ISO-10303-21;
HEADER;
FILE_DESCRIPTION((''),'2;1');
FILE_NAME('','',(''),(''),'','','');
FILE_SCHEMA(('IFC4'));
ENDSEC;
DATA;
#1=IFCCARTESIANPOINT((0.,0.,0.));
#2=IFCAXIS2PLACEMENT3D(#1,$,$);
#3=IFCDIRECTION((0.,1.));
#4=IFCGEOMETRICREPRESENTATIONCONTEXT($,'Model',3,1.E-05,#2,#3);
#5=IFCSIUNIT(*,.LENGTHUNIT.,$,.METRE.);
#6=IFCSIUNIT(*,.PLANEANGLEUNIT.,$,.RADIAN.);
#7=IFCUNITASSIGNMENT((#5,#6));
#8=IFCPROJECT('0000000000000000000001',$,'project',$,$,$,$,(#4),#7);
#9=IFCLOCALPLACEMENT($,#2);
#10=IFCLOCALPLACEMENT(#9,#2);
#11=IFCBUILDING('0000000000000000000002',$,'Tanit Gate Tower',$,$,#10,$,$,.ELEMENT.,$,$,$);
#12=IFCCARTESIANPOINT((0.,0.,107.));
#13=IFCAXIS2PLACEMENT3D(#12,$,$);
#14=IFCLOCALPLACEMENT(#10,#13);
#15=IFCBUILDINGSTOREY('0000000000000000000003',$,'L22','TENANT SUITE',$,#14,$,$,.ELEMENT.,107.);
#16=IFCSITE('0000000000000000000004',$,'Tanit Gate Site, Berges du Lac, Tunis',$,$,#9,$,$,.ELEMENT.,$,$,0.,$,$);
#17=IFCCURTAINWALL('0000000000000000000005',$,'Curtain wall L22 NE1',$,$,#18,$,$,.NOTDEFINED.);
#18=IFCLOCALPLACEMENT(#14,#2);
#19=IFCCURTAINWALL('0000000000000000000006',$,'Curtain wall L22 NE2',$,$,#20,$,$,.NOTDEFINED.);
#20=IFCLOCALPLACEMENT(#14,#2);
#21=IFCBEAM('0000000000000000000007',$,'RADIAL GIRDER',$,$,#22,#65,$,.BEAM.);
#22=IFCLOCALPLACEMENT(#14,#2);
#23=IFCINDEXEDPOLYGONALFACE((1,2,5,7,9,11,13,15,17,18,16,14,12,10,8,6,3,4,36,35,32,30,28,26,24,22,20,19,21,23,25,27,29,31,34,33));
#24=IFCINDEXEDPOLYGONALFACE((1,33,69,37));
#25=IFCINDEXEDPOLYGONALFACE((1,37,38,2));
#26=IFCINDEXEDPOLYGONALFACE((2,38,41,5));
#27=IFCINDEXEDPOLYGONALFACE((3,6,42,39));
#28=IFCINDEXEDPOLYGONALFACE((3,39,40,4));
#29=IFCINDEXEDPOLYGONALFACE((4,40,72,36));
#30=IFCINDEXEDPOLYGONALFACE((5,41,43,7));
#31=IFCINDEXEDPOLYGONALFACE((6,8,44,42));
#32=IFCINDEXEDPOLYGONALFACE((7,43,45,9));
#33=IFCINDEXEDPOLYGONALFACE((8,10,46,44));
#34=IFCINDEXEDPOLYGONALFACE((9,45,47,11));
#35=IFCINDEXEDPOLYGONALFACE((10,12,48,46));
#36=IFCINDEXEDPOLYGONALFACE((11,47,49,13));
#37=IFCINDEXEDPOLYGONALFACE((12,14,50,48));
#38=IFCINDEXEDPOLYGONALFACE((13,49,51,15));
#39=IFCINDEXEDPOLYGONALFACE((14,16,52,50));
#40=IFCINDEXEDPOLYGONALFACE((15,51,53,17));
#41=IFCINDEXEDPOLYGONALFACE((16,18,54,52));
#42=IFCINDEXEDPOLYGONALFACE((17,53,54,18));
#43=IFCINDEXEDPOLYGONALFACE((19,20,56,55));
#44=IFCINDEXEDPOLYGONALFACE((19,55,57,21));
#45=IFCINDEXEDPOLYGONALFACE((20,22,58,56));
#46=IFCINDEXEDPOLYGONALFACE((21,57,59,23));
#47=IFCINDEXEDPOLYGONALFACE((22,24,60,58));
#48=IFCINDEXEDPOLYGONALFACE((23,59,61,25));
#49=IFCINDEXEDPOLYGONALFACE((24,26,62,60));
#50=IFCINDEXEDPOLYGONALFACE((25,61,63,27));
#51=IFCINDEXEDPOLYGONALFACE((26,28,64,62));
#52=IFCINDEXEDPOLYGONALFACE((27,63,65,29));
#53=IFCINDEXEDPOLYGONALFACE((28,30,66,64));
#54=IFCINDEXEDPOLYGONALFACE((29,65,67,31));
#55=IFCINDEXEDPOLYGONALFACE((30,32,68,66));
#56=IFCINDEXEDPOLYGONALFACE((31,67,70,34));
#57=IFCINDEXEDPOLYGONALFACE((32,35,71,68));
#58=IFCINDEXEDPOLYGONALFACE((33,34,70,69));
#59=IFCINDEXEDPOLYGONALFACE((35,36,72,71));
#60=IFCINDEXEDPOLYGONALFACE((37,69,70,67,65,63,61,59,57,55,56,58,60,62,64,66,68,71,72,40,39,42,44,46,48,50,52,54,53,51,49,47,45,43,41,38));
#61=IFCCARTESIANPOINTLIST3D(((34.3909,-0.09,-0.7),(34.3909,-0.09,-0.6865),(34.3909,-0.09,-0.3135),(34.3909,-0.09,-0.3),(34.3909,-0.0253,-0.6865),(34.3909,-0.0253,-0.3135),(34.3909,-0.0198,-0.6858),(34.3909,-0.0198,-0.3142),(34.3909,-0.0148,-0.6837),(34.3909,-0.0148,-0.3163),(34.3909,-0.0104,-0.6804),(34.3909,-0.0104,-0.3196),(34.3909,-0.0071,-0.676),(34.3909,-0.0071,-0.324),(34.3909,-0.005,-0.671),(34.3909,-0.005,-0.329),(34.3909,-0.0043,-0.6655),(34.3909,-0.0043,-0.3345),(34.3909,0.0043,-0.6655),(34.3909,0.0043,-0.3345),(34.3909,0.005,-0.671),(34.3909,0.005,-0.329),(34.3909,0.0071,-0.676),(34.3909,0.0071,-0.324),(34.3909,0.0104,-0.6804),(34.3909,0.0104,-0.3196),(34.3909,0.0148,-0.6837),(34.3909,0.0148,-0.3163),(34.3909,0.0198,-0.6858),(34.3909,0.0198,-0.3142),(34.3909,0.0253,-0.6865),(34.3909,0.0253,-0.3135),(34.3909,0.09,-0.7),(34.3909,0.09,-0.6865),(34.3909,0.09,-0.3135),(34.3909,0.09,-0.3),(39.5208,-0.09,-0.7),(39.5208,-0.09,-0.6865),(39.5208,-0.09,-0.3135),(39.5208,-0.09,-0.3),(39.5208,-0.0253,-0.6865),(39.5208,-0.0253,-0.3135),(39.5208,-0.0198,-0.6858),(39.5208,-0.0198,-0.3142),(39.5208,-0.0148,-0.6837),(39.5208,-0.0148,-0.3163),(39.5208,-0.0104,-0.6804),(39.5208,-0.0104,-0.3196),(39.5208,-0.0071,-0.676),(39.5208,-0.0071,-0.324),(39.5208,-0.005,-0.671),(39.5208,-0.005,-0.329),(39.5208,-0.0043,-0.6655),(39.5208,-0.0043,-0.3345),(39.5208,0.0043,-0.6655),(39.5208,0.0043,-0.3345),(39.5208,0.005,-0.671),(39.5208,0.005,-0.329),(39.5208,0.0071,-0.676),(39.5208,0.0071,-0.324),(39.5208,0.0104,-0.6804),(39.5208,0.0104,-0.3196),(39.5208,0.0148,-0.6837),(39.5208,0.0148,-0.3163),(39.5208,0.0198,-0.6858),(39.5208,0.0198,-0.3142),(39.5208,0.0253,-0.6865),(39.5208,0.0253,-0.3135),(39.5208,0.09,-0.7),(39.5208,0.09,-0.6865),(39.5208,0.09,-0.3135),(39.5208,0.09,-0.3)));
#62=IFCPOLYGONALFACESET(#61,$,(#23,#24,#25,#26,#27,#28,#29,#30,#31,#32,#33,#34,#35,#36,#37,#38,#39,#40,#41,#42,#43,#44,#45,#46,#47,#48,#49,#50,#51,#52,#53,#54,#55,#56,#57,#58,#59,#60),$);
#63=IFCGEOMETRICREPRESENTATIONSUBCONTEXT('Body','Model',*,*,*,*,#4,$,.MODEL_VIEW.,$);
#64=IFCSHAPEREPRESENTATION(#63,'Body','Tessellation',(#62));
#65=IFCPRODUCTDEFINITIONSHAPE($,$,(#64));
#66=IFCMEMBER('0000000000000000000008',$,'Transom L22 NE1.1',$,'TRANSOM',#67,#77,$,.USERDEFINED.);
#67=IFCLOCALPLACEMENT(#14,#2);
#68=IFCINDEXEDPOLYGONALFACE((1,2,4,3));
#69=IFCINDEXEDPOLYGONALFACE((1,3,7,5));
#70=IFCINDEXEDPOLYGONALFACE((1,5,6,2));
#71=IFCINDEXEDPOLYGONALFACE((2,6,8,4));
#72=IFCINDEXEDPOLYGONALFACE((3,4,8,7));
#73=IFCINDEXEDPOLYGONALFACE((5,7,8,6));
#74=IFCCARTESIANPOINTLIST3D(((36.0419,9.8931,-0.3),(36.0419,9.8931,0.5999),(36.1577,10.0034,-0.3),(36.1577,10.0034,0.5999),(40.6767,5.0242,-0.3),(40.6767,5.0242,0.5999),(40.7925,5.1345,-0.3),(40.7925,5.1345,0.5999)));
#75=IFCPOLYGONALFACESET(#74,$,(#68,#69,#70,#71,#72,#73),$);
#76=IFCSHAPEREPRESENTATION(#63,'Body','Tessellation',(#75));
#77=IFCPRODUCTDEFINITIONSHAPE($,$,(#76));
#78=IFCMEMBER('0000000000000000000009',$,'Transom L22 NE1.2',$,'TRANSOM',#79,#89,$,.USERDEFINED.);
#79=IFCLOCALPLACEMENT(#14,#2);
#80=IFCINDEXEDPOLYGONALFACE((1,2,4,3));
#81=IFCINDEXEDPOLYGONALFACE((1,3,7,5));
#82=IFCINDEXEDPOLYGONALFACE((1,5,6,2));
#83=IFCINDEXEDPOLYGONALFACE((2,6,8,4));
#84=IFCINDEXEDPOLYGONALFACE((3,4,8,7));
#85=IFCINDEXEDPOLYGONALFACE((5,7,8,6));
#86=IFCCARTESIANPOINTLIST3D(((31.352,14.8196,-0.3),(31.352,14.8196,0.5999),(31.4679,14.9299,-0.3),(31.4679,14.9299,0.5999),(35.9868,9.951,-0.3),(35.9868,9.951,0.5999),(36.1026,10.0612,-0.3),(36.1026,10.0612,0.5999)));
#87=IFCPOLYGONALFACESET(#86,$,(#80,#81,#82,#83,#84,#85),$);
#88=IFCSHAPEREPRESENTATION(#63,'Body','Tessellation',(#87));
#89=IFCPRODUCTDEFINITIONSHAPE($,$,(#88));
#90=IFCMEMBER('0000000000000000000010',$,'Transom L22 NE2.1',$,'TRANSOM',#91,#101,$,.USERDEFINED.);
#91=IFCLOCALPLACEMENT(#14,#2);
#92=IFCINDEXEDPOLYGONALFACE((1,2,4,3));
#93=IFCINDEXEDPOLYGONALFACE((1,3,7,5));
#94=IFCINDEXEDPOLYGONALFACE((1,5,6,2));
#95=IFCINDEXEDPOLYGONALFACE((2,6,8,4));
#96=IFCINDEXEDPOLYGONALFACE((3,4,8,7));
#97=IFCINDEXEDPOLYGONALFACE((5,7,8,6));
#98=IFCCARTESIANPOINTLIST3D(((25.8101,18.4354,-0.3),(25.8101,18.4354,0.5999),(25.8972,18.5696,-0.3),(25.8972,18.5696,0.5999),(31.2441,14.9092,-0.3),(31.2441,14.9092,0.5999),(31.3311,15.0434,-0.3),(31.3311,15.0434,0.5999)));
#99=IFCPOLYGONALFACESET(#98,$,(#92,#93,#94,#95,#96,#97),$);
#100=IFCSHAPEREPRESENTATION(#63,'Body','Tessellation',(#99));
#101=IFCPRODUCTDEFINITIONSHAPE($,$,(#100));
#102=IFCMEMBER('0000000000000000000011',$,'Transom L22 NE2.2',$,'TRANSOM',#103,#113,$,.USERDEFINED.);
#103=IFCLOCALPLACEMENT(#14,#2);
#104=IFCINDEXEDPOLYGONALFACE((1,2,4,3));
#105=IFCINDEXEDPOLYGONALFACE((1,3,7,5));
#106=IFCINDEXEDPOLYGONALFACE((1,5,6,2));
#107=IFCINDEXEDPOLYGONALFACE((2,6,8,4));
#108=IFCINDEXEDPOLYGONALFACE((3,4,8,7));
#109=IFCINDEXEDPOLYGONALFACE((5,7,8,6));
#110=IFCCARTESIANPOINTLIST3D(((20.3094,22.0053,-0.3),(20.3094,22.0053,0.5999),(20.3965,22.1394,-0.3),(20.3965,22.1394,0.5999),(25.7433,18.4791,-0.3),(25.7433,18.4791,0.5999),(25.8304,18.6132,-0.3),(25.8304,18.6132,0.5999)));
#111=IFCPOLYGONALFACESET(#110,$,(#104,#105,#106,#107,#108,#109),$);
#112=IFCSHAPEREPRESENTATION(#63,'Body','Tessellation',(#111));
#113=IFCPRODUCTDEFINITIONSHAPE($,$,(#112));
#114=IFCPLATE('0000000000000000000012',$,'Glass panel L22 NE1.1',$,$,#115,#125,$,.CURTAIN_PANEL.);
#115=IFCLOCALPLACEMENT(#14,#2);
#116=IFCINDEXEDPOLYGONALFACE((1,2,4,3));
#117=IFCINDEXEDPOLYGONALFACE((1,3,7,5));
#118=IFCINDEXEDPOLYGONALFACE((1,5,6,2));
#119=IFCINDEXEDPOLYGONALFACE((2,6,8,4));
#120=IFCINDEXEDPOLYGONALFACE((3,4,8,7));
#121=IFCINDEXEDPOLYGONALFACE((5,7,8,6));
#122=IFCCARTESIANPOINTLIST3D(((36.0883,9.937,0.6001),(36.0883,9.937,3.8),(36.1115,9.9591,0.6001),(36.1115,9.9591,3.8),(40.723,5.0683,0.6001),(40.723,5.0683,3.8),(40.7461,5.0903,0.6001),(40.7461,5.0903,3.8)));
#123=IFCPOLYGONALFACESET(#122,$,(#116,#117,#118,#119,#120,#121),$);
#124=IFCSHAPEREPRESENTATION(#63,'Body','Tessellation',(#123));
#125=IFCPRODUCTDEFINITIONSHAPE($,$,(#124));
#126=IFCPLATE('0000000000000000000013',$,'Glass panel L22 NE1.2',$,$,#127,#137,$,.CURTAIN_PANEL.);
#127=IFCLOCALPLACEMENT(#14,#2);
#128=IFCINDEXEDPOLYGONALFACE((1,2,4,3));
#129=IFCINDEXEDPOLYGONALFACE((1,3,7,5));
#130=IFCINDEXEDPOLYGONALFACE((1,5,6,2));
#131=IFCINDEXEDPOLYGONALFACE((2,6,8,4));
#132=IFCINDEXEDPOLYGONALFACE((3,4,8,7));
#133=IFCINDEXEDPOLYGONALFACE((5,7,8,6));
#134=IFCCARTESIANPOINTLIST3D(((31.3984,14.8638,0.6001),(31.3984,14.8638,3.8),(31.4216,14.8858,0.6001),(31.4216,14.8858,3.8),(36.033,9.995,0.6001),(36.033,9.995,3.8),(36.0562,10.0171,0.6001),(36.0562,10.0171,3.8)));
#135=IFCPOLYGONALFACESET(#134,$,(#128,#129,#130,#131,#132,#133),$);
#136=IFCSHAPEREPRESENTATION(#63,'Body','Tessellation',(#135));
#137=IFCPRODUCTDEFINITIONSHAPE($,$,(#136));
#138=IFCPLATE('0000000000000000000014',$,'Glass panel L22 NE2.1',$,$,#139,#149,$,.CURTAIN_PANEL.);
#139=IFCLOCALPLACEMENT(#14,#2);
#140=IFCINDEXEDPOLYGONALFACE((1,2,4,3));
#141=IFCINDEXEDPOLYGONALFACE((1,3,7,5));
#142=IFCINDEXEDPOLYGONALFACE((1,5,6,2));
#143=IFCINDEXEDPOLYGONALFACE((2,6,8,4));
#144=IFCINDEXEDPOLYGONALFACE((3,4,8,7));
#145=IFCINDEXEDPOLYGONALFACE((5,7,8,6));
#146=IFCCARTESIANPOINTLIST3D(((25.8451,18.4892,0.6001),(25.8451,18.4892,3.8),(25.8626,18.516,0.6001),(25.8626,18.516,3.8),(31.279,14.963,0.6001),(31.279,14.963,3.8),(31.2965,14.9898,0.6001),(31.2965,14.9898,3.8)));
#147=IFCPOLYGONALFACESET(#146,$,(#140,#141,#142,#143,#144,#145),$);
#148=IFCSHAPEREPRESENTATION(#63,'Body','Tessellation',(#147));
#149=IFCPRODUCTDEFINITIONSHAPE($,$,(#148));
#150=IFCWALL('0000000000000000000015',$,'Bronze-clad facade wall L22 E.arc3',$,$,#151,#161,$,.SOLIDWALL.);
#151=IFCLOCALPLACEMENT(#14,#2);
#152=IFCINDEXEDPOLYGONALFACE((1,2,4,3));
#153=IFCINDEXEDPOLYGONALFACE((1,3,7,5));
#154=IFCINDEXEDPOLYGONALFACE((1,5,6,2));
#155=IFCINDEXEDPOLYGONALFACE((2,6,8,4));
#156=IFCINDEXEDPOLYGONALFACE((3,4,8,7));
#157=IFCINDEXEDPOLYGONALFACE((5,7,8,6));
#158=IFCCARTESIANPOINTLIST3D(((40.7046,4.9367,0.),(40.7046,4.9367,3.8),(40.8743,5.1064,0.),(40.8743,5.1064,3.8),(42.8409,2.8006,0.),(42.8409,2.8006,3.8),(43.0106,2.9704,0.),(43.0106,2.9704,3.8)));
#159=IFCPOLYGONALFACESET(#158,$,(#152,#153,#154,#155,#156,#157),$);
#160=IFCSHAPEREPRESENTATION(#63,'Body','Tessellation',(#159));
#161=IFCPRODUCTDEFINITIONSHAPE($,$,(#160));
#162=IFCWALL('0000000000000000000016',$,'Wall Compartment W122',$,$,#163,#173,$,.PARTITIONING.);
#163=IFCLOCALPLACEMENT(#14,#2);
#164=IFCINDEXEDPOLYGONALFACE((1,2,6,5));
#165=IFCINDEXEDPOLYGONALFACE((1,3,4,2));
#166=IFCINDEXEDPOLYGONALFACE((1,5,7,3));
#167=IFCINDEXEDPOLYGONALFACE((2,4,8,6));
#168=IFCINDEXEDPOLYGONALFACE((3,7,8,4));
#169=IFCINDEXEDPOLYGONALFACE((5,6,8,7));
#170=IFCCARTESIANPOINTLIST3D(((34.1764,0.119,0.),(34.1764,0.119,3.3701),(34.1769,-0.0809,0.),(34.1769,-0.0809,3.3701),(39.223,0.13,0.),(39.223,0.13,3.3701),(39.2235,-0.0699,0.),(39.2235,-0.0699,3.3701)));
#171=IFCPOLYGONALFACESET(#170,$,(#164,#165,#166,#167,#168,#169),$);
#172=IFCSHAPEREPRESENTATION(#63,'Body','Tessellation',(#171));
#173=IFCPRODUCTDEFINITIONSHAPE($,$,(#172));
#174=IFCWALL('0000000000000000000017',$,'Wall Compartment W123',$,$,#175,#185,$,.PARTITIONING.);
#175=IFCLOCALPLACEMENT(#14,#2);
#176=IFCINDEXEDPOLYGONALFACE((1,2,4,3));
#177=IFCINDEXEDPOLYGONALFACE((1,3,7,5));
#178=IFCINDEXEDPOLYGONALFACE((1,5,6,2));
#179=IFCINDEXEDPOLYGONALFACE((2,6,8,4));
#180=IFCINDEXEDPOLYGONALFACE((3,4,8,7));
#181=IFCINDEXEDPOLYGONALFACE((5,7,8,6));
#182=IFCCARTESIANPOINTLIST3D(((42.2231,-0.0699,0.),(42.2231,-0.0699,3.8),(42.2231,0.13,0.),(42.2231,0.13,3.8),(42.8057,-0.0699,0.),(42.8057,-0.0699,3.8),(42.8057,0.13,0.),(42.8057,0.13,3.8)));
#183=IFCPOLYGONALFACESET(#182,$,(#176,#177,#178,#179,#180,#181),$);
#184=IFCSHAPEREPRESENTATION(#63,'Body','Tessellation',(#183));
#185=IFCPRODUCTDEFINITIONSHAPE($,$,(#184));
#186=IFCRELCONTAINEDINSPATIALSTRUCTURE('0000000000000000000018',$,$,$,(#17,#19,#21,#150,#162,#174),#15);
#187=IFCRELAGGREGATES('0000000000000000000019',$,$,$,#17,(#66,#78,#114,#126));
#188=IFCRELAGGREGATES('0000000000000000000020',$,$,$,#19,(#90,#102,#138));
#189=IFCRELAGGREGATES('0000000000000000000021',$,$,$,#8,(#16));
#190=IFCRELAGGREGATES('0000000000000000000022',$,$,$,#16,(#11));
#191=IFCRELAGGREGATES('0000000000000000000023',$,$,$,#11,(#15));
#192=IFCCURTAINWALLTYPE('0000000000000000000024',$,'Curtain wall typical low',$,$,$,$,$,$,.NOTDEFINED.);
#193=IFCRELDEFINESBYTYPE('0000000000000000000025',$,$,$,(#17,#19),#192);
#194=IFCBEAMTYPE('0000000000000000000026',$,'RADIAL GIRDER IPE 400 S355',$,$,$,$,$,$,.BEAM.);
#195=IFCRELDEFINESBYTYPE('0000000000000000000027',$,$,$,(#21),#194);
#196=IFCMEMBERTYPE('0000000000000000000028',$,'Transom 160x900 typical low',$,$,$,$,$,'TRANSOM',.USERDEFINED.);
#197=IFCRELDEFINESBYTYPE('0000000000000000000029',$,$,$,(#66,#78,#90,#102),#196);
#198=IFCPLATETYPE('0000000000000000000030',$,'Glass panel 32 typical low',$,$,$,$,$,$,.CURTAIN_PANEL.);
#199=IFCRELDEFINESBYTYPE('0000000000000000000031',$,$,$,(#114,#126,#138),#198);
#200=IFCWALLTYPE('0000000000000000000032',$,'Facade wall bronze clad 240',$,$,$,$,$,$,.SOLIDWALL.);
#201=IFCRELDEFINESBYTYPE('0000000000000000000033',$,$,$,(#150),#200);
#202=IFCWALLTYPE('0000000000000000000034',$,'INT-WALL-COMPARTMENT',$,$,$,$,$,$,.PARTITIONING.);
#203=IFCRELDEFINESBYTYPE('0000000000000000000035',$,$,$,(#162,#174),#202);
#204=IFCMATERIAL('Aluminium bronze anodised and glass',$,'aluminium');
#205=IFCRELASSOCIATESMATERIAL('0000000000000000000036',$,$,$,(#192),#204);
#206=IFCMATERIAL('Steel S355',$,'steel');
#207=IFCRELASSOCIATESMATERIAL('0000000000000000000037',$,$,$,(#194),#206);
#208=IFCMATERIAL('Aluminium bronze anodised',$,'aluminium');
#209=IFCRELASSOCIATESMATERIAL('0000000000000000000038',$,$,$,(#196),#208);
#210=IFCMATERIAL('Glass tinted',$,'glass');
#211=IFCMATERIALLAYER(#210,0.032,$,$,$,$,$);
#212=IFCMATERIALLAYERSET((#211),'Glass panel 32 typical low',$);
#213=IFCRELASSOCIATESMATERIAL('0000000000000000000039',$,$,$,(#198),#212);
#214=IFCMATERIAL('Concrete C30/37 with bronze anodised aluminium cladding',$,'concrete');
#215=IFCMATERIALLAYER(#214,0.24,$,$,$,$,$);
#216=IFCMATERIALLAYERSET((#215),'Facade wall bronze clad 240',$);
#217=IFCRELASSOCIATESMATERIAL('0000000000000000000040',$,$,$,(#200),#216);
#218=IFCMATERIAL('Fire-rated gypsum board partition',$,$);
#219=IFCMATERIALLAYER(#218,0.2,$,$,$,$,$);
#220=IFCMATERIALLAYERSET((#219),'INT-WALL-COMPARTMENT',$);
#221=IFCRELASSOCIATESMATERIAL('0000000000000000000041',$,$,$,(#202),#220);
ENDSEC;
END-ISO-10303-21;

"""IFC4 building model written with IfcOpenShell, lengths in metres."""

from ifc_helpers import new_model, si_unit, direction, frame, frame_2d, origin, origin_2d, place, context, subcontext, project, spatial, rectangle, i_section, extrude, material, layer, layer_set, material_profile, profile_set, type_object, element, aggregate, save


model = new_model("IFC4")

# Units and contexts
model_context = context("Model", 3, precision=1e-05, world=origin(), true_north=direction((0.0, 1.0)))
body_context = subcontext(model_context, "Body", "Model", "MODEL_VIEW")
ifc_project = project(units=[si_unit("LENGTHUNIT", "METRE"), si_unit("PLANEANGLEUNIT", "RADIAN")], contexts=[model_context])

# Site, building, storey
site_placement = place(None, origin())
site = spatial("IfcSite", under=ifc_project, at=site_placement, Name="Tanit Gate Site, Berges du Lac, Tunis", CompositionType="ELEMENT", RefElevation=0.0)
building_placement = place(site_placement, origin())
building = spatial("IfcBuilding", under=site, at=building_placement, Name="Tanit Gate Tower", CompositionType="ELEMENT")
storey_placement = place(building_placement, frame((0.0, 0.0, 107.0)))
storey = spatial("IfcBuildingStorey", under=building, at=storey_placement, Name="L22", Description="TENANT SUITE", CompositionType="ELEMENT", Elevation=107.0)

# Curtain walls
ifc_material_1 = material(Name="Aluminium bronze anodised and glass", Category="aluminium")
curtain_wall_type = type_object("IfcCurtainWallType", Name="Curtain wall typical low", PredefinedType="NOTDEFINED", material=ifc_material_1)
curtain_wall_1_placement = place(storey_placement, origin())
curtain_wall_1 = element("IfcCurtainWall", 1, at=curtain_wall_1_placement, inside=storey, type_object=curtain_wall_type, Name="Curtain wall L22 NE1", PredefinedType="NOTDEFINED")
curtain_wall_2_placement = place(storey_placement, origin())
curtain_wall_2 = element("IfcCurtainWall", 2, at=curtain_wall_2_placement, inside=storey, type_object=curtain_wall_type, Name="Curtain wall L22 NE2", PredefinedType="NOTDEFINED")

# Beam
ifc_material_2 = material(Name="Steel S355", Category="steel")
ifc_material_profile_1 = material_profile(ifc_material_2, i_section(OverallWidth=0.1799, OverallDepth=0.3999, WebThickness=0.0085, FlangeThickness=0.0134, FilletRadius=0.021, at=origin_2d()), Name="IPE 400")
ifc_profile_set_1 = profile_set([ifc_material_profile_1], Name="Steel S355")
beam_type_1 = type_object("IfcBeamType", Name="RADIAL GIRDER IPE 400 S355", PredefinedType="BEAM", material=ifc_profile_set_1)
beam_1_placement = place(storey_placement, frame((39.5208, 0.0, -0.5), z_axis=(-1.0, 0.0, 0.0), x_axis=(0.0, -1.0, 0.0)))
element("IfcBeam", 3, at=beam_1_placement, inside=storey, type_object=beam_type_1, Name="RADIAL GIRDER", PredefinedType="BEAM", context=body_context, shape_type="SweptSolid", body=[
    extrude(i_section(OverallWidth=0.1799, OverallDepth=0.3999, WebThickness=0.0085, FlangeThickness=0.0134, FilletRadius=0.021, at=origin_2d()), origin(), (0.0, 0.0, 1.0), 5.1299),
])

# Members
ifc_material_3 = material(Name="Aluminium bronze anodised", Category="aluminium")
ifc_material_profile_2 = material_profile(ifc_material_3, rectangle(XDim=0.1599, YDim=0.8999, at=origin_2d()), Name="160x900 bronze transom")
ifc_profile_set_2 = profile_set([ifc_material_profile_2], Name="Aluminium bronze anodised")
member_type_1 = type_object("IfcMemberType", Name="Transom 160x900 typical low", ElementType="TRANSOM", PredefinedType="USERDEFINED", material=ifc_profile_set_2)
member_1_placement = place(storey_placement, frame((40.7346, 5.0793, 0.1499), z_axis=(-0.689477, 0.724307, 0.0), x_axis=(-0.724307, -0.689477, 0.0)))
member_1 = element("IfcMember", 4, at=member_1_placement, type_object=member_type_1, Name="Transom L22 NE1.1", ObjectType="TRANSOM", PredefinedType="USERDEFINED", context=body_context, shape_type="SweptSolid", body=[
    extrude(rectangle(XDim=0.1599, YDim=0.8999, at=origin_2d()), origin(), (0.0, 0.0, 1.0), 6.7222),
])
member_2_placement = place(storey_placement, frame((36.0447, 10.0061, 0.1499), z_axis=(-0.689496, 0.72429, 0.0), x_axis=(-0.72429, -0.689496, 0.0)))
member_2 = element("IfcMember", 5, at=member_2_placement, type_object=member_type_1, Name="Transom L22 NE1.2", ObjectType="TRANSOM", PredefinedType="USERDEFINED", context=body_context, shape_type="SweptSolid", body=[
    extrude(rectangle(XDim=0.1599, YDim=0.8999, at=origin_2d()), origin(), (0.0, 0.0, 1.0), 6.7219),
])
member_3_placement = place(storey_placement, frame((31.2876, 14.9763, 0.1499), z_axis=(-0.838858, 0.544351, 0.0), x_axis=(-0.544351, -0.838858, 0.0)))
member_3 = element("IfcMember", 6, at=member_3_placement, type_object=member_type_1, Name="Transom L22 NE2.1", ObjectType="TRANSOM", PredefinedType="USERDEFINED", context=body_context, shape_type="SweptSolid", body=[
    extrude(rectangle(XDim=0.1599, YDim=0.8999, at=origin_2d()), origin(), (0.0, 0.0, 1.0), 6.4778),
])
member_4_placement = place(storey_placement, frame((25.7869, 18.5461, 0.1499), z_axis=(-0.838858, 0.544351, 0.0), x_axis=(-0.544351, -0.838858, 0.0)))
member_4 = element("IfcMember", 7, at=member_4_placement, type_object=member_type_1, Name="Transom L22 NE2.2", ObjectType="TRANSOM", PredefinedType="USERDEFINED", context=body_context, shape_type="SweptSolid", body=[
    extrude(rectangle(XDim=0.1599, YDim=0.8999, at=origin_2d()), origin(), (0.0, 0.0, 1.0), 6.4778),
])

# Plates
ifc_material_4 = material(Name="Glass tinted", Category="glass")
ifc_layer_1 = layer(ifc_material_4, 0.032)
ifc_layer_set_1 = layer_set([ifc_layer_1], Name="Glass panel 32 typical low")
plate_type = type_object("IfcPlateType", Name="Glass panel 32 typical low", PredefinedType="CURTAIN_PANEL", material=ifc_layer_set_1)
plate_1_placement = place(storey_placement, frame((38.4172, 7.5137, 0.6001), z_axis=(0.0, 0.0, 1.0), x_axis=(-0.689481, 0.724304, 0.0)))
plate_1 = element("IfcPlate", 8, at=plate_1_placement, type_object=plate_type, Name="Glass panel L22 NE1.1", PredefinedType="CURTAIN_PANEL", context=body_context, shape_type="SweptSolid", body=[
    extrude(rectangle(XDim=6.7219, YDim=0.032, at=origin_2d()), origin(), (0.0, 0.0, 1.0), 3.2),
])
plate_2_placement = place(storey_placement, frame((33.7273, 12.4404, 0.6001), z_axis=(0.0, 0.0, 1.0), x_axis=(-0.689481, 0.724304, 0.0)))
plate_2 = element("IfcPlate", 9, at=plate_2_placement, type_object=plate_type, Name="Glass panel L22 NE1.2", PredefinedType="CURTAIN_PANEL", context=body_context, shape_type="SweptSolid", body=[
    extrude(rectangle(XDim=6.7219, YDim=0.032, at=origin_2d()), origin(), (0.0, 0.0, 1.0), 3.2),
])
aggregate(curtain_wall_1, [member_1, member_2, plate_1, plate_2])
plate_3_placement = place(storey_placement, frame((28.5708, 16.7395, 0.6001), z_axis=(0.0, 0.0, 1.0), x_axis=(-0.838852, 0.544359, 0.0)))
plate_3 = element("IfcPlate", 10, at=plate_3_placement, type_object=plate_type, Name="Glass panel L22 NE2.1", PredefinedType="CURTAIN_PANEL", context=body_context, shape_type="SweptSolid", body=[
    extrude(rectangle(XDim=6.4778, YDim=0.032, at=origin_2d()), origin(), (0.0, 0.0, 1.0), 3.2),
])
aggregate(curtain_wall_2, [member_3, member_4, plate_3])

# Walls
ifc_material_5 = material(Name="Concrete C30/37 with bronze anodised aluminium cladding", Category="concrete")
ifc_layer_2 = layer(ifc_material_5, 0.24)
ifc_layer_set_2 = layer_set([ifc_layer_2], Name="Facade wall bronze clad 240")
wall_type_1 = type_object("IfcWallType", Name="Facade wall bronze clad 240", PredefinedType="SOLIDWALL", material=ifc_layer_set_2)
wall_1_placement = place(storey_placement, frame((42.9258, 2.8855, 0.0), z_axis=(0.0, 0.0, 1.0), x_axis=(-0.707147, 0.707066, 0.0)))
element("IfcWall", 11, at=wall_1_placement, inside=storey, type_object=wall_type_1, Name="Bronze-clad facade wall L22 E.arc3", PredefinedType="SOLIDWALL", context=body_context, shape_type="SweptSolid", body=[
    extrude(rectangle(XDim=3.021, YDim=0.24, at=frame_2d((1.5105, 0.0))), origin(), (0.0, 0.0, 1.0), 3.8),
])
ifc_material_6 = material(Name="Fire-rated gypsum board partition")
ifc_layer_3 = layer(ifc_material_6, 0.2)
ifc_layer_set_3 = layer_set([ifc_layer_3], Name="INT-WALL-COMPARTMENT")
wall_type_2 = type_object("IfcWallType", Name="INT-WALL-COMPARTMENT", PredefinedType="PARTITIONING", material=ifc_layer_set_3)
wall_2_placement = place(storey_placement, frame((34.1765, 0.019, 0.0), z_axis=(0.0, 0.0, 1.0), x_axis=(0.999998, 0.002177, 0.0)))
element("IfcWall", 12, at=wall_2_placement, inside=storey, type_object=wall_type_2, Name="Wall Compartment W122", PredefinedType="PARTITIONING", context=body_context, shape_type="SweptSolid", body=[
    extrude(rectangle(XDim=5.0466, YDim=0.2, at=frame_2d((2.5234, 0.0))), origin(), (0.0, 0.0, 1.0), 3.3701),
])
wall_3_placement = place(storey_placement, frame((42.2231, 0.03, 0.0), z_axis=(0.0, 0.0, 1.0), x_axis=(1.0, 0.0, 0.0)))
element("IfcWall", 13, at=wall_3_placement, inside=storey, type_object=wall_type_2, Name="Wall Compartment W123", PredefinedType="PARTITIONING", context=body_context, shape_type="SweptSolid", body=[
    extrude(rectangle(XDim=0.5825, YDim=0.2, at=frame_2d((0.2913, 0.0))), origin(), (0.0, 0.0, 1.0), 3.8),
])

save(model, "model.ifc")
